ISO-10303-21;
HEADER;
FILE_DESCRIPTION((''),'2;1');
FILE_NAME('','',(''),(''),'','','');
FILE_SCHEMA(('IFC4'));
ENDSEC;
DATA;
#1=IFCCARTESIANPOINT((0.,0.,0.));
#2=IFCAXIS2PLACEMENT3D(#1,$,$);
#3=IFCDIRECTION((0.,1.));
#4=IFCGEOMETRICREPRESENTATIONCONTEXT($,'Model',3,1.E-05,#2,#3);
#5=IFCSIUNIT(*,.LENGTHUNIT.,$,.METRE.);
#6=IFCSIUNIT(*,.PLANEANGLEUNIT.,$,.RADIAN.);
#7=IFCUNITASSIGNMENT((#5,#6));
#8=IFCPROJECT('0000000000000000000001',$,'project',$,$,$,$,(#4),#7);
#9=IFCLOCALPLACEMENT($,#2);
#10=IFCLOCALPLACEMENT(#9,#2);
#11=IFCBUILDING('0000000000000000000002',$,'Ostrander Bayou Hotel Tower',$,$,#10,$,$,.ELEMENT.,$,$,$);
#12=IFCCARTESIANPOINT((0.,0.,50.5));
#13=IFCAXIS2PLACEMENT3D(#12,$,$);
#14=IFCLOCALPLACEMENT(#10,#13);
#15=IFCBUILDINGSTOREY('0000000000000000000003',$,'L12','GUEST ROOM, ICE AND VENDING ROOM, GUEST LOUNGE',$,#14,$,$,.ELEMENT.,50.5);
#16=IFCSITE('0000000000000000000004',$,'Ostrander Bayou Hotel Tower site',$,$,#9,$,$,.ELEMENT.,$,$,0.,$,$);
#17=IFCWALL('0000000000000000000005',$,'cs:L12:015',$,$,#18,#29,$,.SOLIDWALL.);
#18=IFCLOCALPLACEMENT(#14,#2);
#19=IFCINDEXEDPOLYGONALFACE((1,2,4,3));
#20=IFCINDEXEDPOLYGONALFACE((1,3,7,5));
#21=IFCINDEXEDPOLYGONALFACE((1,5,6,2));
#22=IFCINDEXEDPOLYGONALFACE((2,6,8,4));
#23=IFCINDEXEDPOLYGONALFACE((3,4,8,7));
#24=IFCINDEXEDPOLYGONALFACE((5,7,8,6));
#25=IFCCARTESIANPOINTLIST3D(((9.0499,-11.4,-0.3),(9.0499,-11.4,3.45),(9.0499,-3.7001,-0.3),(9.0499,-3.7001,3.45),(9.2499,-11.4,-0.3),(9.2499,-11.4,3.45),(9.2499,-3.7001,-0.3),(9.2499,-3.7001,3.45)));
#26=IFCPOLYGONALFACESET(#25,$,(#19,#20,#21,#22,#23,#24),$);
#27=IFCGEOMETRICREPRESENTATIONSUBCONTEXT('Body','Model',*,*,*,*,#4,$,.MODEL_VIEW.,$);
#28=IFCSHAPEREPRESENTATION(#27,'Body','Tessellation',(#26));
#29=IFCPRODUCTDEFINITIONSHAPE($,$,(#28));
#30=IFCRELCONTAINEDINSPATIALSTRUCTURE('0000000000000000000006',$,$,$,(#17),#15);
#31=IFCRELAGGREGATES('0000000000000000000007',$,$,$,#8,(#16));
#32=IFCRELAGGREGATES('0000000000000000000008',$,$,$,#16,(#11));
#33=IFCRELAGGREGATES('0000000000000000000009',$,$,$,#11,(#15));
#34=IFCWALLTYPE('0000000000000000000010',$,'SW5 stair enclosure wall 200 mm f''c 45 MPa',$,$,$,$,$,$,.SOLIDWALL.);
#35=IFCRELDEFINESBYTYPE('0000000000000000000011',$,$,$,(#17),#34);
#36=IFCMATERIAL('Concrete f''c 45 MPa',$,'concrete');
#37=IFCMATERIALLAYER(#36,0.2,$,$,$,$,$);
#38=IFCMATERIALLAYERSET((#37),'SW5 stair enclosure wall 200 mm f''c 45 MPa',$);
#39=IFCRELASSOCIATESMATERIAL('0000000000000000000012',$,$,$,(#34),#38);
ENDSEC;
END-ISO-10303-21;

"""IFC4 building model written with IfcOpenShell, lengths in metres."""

from ifc_helpers import new_model, si_unit, direction, frame, frame_2d, origin, place, context, subcontext, project, spatial, rectangle, extrude, material, layer, layer_set, type_object, element, save


model = new_model("IFC4")

# Units and contexts
model_context = context("Model", 3, precision=1e-05, world=origin(), true_north=direction((0.0, 1.0)))
body_context = subcontext(model_context, "Body", "Model", "MODEL_VIEW")
ifc_project = project(units=[si_unit("LENGTHUNIT", "METRE"), si_unit("PLANEANGLEUNIT", "RADIAN")], contexts=[model_context])

# Site, building, storey
site_placement = place(None, origin())
site = spatial("IfcSite", under=ifc_project, at=site_placement, Name="Ostrander Bayou Hotel Tower site", CompositionType="ELEMENT", RefElevation=0.0)
building_placement = place(site_placement, origin())
building = spatial("IfcBuilding", under=site, at=building_placement, Name="Ostrander Bayou Hotel Tower", CompositionType="ELEMENT")
storey_placement = place(building_placement, frame((0.0, 0.0, 50.5)))
storey = spatial("IfcBuildingStorey", under=building, at=storey_placement, Name="L12", Description="GUEST ROOM, ICE AND VENDING ROOM, GUEST LOUNGE", CompositionType="ELEMENT", Elevation=50.5)

# Wall
ifc_material_1 = material(Name="Concrete f'c 45 MPa", Category="concrete")
ifc_layer_1 = layer(ifc_material_1, 0.2)
ifc_layer_set_1 = layer_set([ifc_layer_1], Name="SW5 stair enclosure wall 200 mm f'c 45 MPa")
wall_type_1 = type_object("IfcWallType", Name="SW5 stair enclosure wall 200 mm f'c 45 MPa", PredefinedType="SOLIDWALL", material=ifc_layer_set_1)
wall_1_placement = place(storey_placement, frame((9.1499, -3.7, -0.3), z_axis=(0.0, 0.0, 1.0), x_axis=(0.0, -1.0, 0.0)))
element("IfcWall", 1, at=wall_1_placement, inside=storey, type_object=wall_type_1, Name="cs:L12:015", PredefinedType="SOLIDWALL", context=body_context, shape_type="SweptSolid", body=[
    extrude(rectangle(XDim=7.7, YDim=0.2, at=frame_2d((3.8501, 0.0))), origin(), (0.0, 0.0, 1.0), 3.75),
])

save(model, "model.ifc")
